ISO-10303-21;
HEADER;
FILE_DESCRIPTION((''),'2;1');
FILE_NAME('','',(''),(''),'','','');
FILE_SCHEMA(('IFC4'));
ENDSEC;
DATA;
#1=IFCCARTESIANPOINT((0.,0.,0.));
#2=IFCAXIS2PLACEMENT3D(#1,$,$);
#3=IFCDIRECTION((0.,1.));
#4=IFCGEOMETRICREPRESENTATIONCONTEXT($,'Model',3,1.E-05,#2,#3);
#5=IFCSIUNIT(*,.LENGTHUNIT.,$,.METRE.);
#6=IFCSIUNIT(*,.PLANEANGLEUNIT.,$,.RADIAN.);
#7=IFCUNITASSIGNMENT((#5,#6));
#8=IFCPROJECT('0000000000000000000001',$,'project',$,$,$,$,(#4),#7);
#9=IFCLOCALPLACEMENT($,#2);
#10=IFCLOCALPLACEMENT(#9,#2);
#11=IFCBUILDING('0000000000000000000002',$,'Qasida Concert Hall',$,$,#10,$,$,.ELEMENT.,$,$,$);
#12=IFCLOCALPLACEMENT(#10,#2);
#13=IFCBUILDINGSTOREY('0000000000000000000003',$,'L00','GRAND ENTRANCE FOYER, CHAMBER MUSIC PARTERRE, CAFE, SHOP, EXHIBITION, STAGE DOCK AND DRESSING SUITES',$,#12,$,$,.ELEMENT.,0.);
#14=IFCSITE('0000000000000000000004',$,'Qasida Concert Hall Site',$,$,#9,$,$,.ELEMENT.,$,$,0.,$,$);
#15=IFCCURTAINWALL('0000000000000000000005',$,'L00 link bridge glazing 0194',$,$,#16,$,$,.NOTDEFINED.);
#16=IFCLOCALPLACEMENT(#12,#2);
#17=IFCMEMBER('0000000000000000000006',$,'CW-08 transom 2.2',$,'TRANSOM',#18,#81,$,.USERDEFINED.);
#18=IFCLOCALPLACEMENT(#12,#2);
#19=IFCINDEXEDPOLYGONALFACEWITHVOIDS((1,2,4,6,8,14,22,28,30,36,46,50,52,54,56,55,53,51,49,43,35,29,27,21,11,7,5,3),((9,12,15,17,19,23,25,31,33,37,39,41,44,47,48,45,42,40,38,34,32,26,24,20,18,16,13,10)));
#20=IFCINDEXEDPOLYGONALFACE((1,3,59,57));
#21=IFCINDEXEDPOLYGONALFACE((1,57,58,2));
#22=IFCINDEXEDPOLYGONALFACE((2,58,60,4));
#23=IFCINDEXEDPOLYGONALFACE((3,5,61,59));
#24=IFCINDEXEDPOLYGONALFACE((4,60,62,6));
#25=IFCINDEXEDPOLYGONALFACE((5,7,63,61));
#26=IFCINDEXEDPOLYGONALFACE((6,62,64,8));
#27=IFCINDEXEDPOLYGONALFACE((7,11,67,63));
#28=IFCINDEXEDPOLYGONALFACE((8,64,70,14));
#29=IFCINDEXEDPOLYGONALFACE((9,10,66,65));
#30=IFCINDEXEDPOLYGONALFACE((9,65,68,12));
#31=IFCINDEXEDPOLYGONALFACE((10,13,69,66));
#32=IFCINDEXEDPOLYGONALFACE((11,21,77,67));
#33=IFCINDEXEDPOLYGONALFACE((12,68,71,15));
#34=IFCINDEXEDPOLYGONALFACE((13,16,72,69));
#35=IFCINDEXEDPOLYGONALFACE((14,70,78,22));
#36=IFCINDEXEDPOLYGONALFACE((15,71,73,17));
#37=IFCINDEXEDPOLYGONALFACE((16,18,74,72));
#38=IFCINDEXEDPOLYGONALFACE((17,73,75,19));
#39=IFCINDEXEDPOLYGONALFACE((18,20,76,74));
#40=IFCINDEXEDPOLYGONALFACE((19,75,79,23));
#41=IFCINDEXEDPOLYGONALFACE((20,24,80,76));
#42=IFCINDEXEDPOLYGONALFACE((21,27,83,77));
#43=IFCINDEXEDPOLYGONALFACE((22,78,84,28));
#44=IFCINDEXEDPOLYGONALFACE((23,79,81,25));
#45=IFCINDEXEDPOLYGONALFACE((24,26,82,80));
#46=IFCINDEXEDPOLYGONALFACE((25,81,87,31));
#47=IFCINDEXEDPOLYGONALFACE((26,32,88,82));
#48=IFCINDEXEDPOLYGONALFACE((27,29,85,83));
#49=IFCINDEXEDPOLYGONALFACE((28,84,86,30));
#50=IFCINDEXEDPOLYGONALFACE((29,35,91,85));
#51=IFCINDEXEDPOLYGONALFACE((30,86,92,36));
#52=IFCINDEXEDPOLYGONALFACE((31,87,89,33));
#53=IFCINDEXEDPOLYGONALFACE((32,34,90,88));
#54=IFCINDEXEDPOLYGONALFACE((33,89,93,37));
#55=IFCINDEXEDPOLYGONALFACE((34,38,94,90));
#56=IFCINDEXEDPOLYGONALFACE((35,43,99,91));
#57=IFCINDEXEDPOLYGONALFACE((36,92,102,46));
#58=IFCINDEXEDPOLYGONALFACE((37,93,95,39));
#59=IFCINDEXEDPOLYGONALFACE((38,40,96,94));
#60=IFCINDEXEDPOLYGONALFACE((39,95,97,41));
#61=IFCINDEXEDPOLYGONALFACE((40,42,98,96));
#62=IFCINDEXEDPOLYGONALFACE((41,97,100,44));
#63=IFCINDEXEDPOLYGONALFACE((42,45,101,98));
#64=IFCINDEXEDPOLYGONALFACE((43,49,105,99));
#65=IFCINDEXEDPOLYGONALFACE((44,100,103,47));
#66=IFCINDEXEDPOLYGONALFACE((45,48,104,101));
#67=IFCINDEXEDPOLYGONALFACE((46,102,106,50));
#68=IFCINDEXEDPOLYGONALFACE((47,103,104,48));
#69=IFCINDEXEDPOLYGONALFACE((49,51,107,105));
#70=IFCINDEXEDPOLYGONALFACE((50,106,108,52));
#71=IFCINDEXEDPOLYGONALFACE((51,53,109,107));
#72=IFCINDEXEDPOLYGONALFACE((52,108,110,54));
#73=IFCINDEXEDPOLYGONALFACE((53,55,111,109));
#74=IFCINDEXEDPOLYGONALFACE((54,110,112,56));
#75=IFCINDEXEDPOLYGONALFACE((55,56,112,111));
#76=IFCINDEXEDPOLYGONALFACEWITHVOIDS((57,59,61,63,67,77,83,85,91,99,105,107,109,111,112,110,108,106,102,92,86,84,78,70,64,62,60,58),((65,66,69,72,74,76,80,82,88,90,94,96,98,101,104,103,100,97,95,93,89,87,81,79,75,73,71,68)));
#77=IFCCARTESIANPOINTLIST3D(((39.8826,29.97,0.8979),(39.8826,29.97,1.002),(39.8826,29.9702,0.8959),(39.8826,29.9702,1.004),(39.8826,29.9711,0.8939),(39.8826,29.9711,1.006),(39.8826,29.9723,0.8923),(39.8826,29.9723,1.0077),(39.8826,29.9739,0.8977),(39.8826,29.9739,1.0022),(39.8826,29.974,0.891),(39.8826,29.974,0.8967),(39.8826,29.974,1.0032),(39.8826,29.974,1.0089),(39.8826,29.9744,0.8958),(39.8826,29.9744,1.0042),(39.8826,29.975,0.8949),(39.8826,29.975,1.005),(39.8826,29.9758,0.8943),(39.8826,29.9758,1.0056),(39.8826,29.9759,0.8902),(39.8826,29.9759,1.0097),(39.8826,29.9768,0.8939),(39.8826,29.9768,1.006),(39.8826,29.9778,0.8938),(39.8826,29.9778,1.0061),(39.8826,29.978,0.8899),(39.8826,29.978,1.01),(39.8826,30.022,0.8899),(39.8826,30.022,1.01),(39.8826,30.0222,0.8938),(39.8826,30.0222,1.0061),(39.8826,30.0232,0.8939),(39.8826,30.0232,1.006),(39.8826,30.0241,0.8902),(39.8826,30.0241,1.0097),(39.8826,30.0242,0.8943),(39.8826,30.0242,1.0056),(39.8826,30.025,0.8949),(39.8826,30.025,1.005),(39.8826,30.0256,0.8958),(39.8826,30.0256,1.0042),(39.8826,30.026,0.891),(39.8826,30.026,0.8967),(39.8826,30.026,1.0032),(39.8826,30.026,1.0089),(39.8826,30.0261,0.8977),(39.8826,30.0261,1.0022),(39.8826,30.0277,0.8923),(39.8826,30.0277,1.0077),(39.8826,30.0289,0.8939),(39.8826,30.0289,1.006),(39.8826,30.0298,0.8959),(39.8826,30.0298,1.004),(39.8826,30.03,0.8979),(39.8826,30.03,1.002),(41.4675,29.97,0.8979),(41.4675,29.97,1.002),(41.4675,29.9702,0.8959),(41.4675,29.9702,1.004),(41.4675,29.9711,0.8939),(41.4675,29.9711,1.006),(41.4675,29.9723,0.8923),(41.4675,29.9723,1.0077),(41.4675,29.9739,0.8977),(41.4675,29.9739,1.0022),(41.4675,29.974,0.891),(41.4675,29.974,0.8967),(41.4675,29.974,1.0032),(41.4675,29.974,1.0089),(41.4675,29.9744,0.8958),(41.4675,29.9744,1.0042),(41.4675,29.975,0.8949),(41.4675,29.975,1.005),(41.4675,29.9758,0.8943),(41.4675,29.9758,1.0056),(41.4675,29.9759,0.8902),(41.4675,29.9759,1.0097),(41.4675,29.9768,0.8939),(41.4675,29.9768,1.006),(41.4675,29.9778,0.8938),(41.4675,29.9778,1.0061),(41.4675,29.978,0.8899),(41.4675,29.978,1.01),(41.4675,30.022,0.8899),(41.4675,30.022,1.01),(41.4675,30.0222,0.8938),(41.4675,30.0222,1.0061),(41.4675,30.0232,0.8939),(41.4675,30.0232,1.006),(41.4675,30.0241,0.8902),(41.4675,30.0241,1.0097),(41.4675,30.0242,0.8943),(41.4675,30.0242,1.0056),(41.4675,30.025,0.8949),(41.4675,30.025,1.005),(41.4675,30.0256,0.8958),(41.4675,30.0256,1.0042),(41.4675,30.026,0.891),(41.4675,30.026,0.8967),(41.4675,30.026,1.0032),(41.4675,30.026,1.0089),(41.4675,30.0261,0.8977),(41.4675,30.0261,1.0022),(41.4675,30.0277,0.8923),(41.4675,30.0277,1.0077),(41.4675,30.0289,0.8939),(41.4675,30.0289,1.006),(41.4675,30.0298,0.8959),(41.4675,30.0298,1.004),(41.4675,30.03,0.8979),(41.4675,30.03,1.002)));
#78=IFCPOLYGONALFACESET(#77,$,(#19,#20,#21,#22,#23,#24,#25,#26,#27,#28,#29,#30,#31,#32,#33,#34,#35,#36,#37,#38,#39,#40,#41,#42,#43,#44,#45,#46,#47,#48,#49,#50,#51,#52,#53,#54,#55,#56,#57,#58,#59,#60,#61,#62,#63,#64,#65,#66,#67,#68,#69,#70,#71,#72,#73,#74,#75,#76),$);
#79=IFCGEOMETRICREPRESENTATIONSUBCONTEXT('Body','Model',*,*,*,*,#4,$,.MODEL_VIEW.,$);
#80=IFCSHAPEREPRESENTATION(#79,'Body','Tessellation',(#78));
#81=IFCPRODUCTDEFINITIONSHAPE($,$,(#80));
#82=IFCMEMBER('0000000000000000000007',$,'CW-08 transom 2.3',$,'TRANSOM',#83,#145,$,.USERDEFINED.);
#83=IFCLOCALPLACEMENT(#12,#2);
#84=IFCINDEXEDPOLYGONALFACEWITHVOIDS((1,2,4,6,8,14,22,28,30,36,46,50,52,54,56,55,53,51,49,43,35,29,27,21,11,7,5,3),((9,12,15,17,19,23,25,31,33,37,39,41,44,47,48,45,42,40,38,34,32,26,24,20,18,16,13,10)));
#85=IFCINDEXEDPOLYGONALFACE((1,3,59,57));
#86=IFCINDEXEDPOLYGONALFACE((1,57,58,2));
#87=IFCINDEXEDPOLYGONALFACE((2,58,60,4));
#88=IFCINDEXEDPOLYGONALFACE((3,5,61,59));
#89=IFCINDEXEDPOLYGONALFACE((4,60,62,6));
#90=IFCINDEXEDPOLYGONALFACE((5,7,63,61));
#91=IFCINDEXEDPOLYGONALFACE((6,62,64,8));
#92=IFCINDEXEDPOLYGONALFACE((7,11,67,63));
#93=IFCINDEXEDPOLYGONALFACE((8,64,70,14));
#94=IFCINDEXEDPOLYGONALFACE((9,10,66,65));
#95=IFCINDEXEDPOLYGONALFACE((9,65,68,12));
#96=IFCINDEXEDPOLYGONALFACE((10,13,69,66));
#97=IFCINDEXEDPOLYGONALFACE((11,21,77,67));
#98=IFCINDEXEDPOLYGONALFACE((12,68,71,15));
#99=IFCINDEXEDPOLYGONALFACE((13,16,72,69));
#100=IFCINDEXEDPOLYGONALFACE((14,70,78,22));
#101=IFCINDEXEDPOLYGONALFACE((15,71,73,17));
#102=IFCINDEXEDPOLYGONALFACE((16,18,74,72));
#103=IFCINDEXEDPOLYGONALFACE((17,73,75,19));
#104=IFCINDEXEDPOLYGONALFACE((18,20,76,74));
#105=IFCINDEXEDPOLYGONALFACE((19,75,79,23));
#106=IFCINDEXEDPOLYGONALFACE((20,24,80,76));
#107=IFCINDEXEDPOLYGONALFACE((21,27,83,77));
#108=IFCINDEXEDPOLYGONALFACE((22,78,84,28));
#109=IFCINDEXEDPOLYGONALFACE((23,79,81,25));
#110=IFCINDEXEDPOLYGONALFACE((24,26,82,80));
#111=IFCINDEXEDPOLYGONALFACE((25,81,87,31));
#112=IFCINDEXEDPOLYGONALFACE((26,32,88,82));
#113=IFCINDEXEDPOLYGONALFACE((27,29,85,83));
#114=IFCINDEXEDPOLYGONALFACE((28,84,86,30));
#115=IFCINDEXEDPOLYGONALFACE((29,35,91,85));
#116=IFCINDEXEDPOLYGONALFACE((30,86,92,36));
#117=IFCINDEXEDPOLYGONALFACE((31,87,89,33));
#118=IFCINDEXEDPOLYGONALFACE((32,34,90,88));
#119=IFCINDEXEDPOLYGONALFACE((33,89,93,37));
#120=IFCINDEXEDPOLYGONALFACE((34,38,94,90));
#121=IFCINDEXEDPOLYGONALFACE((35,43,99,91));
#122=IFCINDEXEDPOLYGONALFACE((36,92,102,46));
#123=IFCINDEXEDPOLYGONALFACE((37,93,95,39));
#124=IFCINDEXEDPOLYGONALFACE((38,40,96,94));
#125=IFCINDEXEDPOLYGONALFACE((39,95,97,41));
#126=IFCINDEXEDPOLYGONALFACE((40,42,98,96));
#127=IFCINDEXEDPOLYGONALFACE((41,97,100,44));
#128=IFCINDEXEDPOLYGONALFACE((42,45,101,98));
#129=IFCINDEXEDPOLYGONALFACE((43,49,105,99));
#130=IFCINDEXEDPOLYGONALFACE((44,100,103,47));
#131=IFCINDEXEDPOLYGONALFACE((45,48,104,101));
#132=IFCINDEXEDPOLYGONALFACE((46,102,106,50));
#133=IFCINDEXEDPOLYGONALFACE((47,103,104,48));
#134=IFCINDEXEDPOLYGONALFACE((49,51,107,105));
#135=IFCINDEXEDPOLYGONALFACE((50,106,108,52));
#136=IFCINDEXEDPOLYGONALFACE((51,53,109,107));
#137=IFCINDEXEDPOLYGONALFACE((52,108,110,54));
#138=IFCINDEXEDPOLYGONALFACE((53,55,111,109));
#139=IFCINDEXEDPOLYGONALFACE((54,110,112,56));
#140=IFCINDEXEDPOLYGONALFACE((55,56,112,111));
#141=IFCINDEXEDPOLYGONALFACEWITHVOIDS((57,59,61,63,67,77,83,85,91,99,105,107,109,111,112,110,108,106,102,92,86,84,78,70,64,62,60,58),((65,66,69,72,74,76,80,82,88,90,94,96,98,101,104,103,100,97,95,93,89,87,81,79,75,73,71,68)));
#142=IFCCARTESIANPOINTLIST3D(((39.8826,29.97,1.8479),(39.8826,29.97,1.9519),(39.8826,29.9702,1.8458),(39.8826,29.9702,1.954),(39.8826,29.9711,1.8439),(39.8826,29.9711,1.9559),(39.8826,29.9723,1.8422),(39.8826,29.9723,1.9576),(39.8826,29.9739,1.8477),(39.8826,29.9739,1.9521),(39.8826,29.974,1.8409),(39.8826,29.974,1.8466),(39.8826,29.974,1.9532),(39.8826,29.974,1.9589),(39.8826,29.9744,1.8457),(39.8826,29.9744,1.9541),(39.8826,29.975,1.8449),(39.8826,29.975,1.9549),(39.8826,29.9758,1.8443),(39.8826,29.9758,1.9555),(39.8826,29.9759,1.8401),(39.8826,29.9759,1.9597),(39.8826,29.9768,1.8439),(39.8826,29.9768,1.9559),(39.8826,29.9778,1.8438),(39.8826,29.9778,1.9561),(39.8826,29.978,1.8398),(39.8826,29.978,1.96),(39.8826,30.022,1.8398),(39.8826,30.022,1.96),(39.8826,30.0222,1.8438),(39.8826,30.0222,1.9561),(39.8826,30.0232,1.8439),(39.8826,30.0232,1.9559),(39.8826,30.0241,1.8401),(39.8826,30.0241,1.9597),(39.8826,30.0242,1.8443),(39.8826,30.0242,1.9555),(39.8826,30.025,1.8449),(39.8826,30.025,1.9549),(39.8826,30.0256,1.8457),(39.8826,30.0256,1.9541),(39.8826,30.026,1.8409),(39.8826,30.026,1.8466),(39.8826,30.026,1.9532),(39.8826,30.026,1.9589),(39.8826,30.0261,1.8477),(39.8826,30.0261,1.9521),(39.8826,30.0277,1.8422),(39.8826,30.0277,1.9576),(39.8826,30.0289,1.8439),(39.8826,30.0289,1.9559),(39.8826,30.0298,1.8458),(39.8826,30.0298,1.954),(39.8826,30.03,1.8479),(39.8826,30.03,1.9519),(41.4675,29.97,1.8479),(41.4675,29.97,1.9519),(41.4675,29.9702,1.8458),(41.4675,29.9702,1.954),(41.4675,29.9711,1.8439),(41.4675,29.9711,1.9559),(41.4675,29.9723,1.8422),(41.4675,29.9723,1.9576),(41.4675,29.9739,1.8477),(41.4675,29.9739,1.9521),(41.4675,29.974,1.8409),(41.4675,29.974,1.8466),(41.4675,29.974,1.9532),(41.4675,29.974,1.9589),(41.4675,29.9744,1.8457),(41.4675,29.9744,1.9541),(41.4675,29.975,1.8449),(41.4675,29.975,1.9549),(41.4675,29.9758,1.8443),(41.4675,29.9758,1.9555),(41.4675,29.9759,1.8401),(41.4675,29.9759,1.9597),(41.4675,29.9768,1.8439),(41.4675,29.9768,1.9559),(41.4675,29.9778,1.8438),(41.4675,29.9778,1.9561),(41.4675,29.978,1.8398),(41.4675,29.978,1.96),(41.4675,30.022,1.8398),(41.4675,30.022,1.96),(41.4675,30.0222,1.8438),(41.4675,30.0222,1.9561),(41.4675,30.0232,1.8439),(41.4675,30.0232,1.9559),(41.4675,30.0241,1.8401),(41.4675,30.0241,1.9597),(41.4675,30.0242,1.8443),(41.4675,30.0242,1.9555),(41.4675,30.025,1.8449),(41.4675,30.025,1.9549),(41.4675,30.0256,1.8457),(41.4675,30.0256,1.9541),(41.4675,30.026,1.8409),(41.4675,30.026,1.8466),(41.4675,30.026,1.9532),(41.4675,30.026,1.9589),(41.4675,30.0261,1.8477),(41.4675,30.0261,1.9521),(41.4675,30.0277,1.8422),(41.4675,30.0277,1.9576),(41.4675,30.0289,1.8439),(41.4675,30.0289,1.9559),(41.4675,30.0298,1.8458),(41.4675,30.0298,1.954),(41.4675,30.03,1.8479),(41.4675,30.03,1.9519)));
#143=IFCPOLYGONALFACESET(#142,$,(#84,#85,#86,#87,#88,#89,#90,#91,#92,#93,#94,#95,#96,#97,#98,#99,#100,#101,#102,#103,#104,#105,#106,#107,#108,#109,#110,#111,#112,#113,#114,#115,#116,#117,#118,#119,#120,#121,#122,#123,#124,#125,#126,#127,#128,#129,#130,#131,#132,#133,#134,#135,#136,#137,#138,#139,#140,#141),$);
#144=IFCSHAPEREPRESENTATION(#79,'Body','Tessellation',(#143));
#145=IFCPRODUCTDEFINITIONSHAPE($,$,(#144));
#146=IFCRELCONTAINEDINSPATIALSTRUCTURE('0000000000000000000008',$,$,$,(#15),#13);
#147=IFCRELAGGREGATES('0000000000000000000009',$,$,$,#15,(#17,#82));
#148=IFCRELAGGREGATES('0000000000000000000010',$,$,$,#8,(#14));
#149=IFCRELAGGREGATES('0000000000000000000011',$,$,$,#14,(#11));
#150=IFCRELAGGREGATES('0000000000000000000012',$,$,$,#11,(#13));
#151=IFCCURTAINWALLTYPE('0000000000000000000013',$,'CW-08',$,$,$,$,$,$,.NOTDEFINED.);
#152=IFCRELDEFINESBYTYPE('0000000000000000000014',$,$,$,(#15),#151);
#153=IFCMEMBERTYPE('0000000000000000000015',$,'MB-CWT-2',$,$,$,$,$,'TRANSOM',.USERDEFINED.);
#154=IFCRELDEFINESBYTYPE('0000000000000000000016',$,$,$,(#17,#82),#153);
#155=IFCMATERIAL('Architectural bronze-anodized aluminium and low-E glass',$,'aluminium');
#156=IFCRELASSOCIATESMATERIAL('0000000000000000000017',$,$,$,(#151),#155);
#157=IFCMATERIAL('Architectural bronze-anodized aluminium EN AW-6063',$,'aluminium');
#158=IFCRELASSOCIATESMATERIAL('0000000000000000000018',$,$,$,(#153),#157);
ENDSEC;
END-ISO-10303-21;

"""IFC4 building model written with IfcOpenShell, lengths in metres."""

from ifc_helpers import new_model, si_unit, direction, frame, origin, origin_2d, place, context, subcontext, project, spatial, hollow_rectangle, extrude, material, material_profile, profile_set, type_object, element, aggregate, save


model = new_model("IFC4")

# Units and contexts
model_context = context("Model", 3, precision=1e-05, world=origin(), true_north=direction((0.0, 1.0)))
body_context = subcontext(model_context, "Body", "Model", "MODEL_VIEW")
ifc_project = project(units=[si_unit("LENGTHUNIT", "METRE"), si_unit("PLANEANGLEUNIT", "RADIAN")], contexts=[model_context])

# Site, building, storey
site_placement = place(None, origin())
site = spatial("IfcSite", under=ifc_project, at=site_placement, Name="Qasida Concert Hall Site", CompositionType="ELEMENT", RefElevation=0.0)
building_placement = place(site_placement, origin())
building = spatial("IfcBuilding", under=site, at=building_placement, Name="Qasida Concert Hall", CompositionType="ELEMENT")
storey_placement = place(building_placement, origin())
storey = spatial("IfcBuildingStorey", under=building, at=storey_placement, Name="L00", Description="GRAND ENTRANCE FOYER, CHAMBER MUSIC PARTERRE, CAFE, SHOP, EXHIBITION, STAGE DOCK AND DRESSING SUITES", CompositionType="ELEMENT", Elevation=0.0)

# Curtain wall, members
ifc_material_1 = material(Name="Architectural bronze-anodized aluminium and low-E glass", Category="aluminium")
curtain_wall_type = type_object("IfcCurtainWallType", Name="CW-08", PredefinedType="NOTDEFINED", material=ifc_material_1)
curtain_wall_placement = place(storey_placement, origin())
curtain_wall = element("IfcCurtainWall", 1, at=curtain_wall_placement, inside=storey, type_object=curtain_wall_type, Name="L00 link bridge glazing 0194", PredefinedType="NOTDEFINED")
ifc_material_2 = material(Name="Architectural bronze-anodized aluminium EN AW-6063", Category="aluminium")
ifc_material_profile_1 = material_profile(ifc_material_2, hollow_rectangle(XDim=0.0601, YDim=0.1201, WallThickness=0.0039, InnerFilletRadius=0.0039, OuterFilletRadius=0.0081, at=origin_2d()), Name="CWT 120x60x4")
ifc_profile_set_1 = profile_set([ifc_material_profile_1], Name="Architectural bronze-anodized aluminium EN AW-6063")
member_type_1 = type_object("IfcMemberType", Name="MB-CWT-2", ElementType="TRANSOM", PredefinedType="USERDEFINED", material=ifc_profile_set_1)
member_1_placement = place(storey_placement, frame((39.8826, 30.0, 0.95), z_axis=(1.0, 0.0, 0.0), x_axis=(0.0, 1.0, 0.0)))
member_1 = element("IfcMember", 2, at=member_1_placement, type_object=member_type_1, Name="CW-08 transom 2.2", ObjectType="TRANSOM", PredefinedType="USERDEFINED", context=body_context, shape_type="SweptSolid", body=[
    extrude(hollow_rectangle(XDim=0.0601, YDim=0.1201, WallThickness=0.0039, InnerFilletRadius=0.0039, OuterFilletRadius=0.0081, at=origin_2d()), origin(), (0.0, 0.0, 1.0), 1.585),
])
member_2_placement = place(storey_placement, frame((39.8826, 30.0, 1.8999), z_axis=(1.0, 0.0, 0.0), x_axis=(0.0, 1.0, 0.0)))
member_2 = element("IfcMember", 3, at=member_2_placement, type_object=member_type_1, Name="CW-08 transom 2.3", ObjectType="TRANSOM", PredefinedType="USERDEFINED", context=body_context, shape_type="SweptSolid", body=[
    extrude(hollow_rectangle(XDim=0.0601, YDim=0.1201, WallThickness=0.0039, InnerFilletRadius=0.0039, OuterFilletRadius=0.0081, at=origin_2d()), origin(), (0.0, 0.0, 1.0), 1.585),
])
aggregate(curtain_wall, [member_1, member_2])

save(model, "model.ifc")
